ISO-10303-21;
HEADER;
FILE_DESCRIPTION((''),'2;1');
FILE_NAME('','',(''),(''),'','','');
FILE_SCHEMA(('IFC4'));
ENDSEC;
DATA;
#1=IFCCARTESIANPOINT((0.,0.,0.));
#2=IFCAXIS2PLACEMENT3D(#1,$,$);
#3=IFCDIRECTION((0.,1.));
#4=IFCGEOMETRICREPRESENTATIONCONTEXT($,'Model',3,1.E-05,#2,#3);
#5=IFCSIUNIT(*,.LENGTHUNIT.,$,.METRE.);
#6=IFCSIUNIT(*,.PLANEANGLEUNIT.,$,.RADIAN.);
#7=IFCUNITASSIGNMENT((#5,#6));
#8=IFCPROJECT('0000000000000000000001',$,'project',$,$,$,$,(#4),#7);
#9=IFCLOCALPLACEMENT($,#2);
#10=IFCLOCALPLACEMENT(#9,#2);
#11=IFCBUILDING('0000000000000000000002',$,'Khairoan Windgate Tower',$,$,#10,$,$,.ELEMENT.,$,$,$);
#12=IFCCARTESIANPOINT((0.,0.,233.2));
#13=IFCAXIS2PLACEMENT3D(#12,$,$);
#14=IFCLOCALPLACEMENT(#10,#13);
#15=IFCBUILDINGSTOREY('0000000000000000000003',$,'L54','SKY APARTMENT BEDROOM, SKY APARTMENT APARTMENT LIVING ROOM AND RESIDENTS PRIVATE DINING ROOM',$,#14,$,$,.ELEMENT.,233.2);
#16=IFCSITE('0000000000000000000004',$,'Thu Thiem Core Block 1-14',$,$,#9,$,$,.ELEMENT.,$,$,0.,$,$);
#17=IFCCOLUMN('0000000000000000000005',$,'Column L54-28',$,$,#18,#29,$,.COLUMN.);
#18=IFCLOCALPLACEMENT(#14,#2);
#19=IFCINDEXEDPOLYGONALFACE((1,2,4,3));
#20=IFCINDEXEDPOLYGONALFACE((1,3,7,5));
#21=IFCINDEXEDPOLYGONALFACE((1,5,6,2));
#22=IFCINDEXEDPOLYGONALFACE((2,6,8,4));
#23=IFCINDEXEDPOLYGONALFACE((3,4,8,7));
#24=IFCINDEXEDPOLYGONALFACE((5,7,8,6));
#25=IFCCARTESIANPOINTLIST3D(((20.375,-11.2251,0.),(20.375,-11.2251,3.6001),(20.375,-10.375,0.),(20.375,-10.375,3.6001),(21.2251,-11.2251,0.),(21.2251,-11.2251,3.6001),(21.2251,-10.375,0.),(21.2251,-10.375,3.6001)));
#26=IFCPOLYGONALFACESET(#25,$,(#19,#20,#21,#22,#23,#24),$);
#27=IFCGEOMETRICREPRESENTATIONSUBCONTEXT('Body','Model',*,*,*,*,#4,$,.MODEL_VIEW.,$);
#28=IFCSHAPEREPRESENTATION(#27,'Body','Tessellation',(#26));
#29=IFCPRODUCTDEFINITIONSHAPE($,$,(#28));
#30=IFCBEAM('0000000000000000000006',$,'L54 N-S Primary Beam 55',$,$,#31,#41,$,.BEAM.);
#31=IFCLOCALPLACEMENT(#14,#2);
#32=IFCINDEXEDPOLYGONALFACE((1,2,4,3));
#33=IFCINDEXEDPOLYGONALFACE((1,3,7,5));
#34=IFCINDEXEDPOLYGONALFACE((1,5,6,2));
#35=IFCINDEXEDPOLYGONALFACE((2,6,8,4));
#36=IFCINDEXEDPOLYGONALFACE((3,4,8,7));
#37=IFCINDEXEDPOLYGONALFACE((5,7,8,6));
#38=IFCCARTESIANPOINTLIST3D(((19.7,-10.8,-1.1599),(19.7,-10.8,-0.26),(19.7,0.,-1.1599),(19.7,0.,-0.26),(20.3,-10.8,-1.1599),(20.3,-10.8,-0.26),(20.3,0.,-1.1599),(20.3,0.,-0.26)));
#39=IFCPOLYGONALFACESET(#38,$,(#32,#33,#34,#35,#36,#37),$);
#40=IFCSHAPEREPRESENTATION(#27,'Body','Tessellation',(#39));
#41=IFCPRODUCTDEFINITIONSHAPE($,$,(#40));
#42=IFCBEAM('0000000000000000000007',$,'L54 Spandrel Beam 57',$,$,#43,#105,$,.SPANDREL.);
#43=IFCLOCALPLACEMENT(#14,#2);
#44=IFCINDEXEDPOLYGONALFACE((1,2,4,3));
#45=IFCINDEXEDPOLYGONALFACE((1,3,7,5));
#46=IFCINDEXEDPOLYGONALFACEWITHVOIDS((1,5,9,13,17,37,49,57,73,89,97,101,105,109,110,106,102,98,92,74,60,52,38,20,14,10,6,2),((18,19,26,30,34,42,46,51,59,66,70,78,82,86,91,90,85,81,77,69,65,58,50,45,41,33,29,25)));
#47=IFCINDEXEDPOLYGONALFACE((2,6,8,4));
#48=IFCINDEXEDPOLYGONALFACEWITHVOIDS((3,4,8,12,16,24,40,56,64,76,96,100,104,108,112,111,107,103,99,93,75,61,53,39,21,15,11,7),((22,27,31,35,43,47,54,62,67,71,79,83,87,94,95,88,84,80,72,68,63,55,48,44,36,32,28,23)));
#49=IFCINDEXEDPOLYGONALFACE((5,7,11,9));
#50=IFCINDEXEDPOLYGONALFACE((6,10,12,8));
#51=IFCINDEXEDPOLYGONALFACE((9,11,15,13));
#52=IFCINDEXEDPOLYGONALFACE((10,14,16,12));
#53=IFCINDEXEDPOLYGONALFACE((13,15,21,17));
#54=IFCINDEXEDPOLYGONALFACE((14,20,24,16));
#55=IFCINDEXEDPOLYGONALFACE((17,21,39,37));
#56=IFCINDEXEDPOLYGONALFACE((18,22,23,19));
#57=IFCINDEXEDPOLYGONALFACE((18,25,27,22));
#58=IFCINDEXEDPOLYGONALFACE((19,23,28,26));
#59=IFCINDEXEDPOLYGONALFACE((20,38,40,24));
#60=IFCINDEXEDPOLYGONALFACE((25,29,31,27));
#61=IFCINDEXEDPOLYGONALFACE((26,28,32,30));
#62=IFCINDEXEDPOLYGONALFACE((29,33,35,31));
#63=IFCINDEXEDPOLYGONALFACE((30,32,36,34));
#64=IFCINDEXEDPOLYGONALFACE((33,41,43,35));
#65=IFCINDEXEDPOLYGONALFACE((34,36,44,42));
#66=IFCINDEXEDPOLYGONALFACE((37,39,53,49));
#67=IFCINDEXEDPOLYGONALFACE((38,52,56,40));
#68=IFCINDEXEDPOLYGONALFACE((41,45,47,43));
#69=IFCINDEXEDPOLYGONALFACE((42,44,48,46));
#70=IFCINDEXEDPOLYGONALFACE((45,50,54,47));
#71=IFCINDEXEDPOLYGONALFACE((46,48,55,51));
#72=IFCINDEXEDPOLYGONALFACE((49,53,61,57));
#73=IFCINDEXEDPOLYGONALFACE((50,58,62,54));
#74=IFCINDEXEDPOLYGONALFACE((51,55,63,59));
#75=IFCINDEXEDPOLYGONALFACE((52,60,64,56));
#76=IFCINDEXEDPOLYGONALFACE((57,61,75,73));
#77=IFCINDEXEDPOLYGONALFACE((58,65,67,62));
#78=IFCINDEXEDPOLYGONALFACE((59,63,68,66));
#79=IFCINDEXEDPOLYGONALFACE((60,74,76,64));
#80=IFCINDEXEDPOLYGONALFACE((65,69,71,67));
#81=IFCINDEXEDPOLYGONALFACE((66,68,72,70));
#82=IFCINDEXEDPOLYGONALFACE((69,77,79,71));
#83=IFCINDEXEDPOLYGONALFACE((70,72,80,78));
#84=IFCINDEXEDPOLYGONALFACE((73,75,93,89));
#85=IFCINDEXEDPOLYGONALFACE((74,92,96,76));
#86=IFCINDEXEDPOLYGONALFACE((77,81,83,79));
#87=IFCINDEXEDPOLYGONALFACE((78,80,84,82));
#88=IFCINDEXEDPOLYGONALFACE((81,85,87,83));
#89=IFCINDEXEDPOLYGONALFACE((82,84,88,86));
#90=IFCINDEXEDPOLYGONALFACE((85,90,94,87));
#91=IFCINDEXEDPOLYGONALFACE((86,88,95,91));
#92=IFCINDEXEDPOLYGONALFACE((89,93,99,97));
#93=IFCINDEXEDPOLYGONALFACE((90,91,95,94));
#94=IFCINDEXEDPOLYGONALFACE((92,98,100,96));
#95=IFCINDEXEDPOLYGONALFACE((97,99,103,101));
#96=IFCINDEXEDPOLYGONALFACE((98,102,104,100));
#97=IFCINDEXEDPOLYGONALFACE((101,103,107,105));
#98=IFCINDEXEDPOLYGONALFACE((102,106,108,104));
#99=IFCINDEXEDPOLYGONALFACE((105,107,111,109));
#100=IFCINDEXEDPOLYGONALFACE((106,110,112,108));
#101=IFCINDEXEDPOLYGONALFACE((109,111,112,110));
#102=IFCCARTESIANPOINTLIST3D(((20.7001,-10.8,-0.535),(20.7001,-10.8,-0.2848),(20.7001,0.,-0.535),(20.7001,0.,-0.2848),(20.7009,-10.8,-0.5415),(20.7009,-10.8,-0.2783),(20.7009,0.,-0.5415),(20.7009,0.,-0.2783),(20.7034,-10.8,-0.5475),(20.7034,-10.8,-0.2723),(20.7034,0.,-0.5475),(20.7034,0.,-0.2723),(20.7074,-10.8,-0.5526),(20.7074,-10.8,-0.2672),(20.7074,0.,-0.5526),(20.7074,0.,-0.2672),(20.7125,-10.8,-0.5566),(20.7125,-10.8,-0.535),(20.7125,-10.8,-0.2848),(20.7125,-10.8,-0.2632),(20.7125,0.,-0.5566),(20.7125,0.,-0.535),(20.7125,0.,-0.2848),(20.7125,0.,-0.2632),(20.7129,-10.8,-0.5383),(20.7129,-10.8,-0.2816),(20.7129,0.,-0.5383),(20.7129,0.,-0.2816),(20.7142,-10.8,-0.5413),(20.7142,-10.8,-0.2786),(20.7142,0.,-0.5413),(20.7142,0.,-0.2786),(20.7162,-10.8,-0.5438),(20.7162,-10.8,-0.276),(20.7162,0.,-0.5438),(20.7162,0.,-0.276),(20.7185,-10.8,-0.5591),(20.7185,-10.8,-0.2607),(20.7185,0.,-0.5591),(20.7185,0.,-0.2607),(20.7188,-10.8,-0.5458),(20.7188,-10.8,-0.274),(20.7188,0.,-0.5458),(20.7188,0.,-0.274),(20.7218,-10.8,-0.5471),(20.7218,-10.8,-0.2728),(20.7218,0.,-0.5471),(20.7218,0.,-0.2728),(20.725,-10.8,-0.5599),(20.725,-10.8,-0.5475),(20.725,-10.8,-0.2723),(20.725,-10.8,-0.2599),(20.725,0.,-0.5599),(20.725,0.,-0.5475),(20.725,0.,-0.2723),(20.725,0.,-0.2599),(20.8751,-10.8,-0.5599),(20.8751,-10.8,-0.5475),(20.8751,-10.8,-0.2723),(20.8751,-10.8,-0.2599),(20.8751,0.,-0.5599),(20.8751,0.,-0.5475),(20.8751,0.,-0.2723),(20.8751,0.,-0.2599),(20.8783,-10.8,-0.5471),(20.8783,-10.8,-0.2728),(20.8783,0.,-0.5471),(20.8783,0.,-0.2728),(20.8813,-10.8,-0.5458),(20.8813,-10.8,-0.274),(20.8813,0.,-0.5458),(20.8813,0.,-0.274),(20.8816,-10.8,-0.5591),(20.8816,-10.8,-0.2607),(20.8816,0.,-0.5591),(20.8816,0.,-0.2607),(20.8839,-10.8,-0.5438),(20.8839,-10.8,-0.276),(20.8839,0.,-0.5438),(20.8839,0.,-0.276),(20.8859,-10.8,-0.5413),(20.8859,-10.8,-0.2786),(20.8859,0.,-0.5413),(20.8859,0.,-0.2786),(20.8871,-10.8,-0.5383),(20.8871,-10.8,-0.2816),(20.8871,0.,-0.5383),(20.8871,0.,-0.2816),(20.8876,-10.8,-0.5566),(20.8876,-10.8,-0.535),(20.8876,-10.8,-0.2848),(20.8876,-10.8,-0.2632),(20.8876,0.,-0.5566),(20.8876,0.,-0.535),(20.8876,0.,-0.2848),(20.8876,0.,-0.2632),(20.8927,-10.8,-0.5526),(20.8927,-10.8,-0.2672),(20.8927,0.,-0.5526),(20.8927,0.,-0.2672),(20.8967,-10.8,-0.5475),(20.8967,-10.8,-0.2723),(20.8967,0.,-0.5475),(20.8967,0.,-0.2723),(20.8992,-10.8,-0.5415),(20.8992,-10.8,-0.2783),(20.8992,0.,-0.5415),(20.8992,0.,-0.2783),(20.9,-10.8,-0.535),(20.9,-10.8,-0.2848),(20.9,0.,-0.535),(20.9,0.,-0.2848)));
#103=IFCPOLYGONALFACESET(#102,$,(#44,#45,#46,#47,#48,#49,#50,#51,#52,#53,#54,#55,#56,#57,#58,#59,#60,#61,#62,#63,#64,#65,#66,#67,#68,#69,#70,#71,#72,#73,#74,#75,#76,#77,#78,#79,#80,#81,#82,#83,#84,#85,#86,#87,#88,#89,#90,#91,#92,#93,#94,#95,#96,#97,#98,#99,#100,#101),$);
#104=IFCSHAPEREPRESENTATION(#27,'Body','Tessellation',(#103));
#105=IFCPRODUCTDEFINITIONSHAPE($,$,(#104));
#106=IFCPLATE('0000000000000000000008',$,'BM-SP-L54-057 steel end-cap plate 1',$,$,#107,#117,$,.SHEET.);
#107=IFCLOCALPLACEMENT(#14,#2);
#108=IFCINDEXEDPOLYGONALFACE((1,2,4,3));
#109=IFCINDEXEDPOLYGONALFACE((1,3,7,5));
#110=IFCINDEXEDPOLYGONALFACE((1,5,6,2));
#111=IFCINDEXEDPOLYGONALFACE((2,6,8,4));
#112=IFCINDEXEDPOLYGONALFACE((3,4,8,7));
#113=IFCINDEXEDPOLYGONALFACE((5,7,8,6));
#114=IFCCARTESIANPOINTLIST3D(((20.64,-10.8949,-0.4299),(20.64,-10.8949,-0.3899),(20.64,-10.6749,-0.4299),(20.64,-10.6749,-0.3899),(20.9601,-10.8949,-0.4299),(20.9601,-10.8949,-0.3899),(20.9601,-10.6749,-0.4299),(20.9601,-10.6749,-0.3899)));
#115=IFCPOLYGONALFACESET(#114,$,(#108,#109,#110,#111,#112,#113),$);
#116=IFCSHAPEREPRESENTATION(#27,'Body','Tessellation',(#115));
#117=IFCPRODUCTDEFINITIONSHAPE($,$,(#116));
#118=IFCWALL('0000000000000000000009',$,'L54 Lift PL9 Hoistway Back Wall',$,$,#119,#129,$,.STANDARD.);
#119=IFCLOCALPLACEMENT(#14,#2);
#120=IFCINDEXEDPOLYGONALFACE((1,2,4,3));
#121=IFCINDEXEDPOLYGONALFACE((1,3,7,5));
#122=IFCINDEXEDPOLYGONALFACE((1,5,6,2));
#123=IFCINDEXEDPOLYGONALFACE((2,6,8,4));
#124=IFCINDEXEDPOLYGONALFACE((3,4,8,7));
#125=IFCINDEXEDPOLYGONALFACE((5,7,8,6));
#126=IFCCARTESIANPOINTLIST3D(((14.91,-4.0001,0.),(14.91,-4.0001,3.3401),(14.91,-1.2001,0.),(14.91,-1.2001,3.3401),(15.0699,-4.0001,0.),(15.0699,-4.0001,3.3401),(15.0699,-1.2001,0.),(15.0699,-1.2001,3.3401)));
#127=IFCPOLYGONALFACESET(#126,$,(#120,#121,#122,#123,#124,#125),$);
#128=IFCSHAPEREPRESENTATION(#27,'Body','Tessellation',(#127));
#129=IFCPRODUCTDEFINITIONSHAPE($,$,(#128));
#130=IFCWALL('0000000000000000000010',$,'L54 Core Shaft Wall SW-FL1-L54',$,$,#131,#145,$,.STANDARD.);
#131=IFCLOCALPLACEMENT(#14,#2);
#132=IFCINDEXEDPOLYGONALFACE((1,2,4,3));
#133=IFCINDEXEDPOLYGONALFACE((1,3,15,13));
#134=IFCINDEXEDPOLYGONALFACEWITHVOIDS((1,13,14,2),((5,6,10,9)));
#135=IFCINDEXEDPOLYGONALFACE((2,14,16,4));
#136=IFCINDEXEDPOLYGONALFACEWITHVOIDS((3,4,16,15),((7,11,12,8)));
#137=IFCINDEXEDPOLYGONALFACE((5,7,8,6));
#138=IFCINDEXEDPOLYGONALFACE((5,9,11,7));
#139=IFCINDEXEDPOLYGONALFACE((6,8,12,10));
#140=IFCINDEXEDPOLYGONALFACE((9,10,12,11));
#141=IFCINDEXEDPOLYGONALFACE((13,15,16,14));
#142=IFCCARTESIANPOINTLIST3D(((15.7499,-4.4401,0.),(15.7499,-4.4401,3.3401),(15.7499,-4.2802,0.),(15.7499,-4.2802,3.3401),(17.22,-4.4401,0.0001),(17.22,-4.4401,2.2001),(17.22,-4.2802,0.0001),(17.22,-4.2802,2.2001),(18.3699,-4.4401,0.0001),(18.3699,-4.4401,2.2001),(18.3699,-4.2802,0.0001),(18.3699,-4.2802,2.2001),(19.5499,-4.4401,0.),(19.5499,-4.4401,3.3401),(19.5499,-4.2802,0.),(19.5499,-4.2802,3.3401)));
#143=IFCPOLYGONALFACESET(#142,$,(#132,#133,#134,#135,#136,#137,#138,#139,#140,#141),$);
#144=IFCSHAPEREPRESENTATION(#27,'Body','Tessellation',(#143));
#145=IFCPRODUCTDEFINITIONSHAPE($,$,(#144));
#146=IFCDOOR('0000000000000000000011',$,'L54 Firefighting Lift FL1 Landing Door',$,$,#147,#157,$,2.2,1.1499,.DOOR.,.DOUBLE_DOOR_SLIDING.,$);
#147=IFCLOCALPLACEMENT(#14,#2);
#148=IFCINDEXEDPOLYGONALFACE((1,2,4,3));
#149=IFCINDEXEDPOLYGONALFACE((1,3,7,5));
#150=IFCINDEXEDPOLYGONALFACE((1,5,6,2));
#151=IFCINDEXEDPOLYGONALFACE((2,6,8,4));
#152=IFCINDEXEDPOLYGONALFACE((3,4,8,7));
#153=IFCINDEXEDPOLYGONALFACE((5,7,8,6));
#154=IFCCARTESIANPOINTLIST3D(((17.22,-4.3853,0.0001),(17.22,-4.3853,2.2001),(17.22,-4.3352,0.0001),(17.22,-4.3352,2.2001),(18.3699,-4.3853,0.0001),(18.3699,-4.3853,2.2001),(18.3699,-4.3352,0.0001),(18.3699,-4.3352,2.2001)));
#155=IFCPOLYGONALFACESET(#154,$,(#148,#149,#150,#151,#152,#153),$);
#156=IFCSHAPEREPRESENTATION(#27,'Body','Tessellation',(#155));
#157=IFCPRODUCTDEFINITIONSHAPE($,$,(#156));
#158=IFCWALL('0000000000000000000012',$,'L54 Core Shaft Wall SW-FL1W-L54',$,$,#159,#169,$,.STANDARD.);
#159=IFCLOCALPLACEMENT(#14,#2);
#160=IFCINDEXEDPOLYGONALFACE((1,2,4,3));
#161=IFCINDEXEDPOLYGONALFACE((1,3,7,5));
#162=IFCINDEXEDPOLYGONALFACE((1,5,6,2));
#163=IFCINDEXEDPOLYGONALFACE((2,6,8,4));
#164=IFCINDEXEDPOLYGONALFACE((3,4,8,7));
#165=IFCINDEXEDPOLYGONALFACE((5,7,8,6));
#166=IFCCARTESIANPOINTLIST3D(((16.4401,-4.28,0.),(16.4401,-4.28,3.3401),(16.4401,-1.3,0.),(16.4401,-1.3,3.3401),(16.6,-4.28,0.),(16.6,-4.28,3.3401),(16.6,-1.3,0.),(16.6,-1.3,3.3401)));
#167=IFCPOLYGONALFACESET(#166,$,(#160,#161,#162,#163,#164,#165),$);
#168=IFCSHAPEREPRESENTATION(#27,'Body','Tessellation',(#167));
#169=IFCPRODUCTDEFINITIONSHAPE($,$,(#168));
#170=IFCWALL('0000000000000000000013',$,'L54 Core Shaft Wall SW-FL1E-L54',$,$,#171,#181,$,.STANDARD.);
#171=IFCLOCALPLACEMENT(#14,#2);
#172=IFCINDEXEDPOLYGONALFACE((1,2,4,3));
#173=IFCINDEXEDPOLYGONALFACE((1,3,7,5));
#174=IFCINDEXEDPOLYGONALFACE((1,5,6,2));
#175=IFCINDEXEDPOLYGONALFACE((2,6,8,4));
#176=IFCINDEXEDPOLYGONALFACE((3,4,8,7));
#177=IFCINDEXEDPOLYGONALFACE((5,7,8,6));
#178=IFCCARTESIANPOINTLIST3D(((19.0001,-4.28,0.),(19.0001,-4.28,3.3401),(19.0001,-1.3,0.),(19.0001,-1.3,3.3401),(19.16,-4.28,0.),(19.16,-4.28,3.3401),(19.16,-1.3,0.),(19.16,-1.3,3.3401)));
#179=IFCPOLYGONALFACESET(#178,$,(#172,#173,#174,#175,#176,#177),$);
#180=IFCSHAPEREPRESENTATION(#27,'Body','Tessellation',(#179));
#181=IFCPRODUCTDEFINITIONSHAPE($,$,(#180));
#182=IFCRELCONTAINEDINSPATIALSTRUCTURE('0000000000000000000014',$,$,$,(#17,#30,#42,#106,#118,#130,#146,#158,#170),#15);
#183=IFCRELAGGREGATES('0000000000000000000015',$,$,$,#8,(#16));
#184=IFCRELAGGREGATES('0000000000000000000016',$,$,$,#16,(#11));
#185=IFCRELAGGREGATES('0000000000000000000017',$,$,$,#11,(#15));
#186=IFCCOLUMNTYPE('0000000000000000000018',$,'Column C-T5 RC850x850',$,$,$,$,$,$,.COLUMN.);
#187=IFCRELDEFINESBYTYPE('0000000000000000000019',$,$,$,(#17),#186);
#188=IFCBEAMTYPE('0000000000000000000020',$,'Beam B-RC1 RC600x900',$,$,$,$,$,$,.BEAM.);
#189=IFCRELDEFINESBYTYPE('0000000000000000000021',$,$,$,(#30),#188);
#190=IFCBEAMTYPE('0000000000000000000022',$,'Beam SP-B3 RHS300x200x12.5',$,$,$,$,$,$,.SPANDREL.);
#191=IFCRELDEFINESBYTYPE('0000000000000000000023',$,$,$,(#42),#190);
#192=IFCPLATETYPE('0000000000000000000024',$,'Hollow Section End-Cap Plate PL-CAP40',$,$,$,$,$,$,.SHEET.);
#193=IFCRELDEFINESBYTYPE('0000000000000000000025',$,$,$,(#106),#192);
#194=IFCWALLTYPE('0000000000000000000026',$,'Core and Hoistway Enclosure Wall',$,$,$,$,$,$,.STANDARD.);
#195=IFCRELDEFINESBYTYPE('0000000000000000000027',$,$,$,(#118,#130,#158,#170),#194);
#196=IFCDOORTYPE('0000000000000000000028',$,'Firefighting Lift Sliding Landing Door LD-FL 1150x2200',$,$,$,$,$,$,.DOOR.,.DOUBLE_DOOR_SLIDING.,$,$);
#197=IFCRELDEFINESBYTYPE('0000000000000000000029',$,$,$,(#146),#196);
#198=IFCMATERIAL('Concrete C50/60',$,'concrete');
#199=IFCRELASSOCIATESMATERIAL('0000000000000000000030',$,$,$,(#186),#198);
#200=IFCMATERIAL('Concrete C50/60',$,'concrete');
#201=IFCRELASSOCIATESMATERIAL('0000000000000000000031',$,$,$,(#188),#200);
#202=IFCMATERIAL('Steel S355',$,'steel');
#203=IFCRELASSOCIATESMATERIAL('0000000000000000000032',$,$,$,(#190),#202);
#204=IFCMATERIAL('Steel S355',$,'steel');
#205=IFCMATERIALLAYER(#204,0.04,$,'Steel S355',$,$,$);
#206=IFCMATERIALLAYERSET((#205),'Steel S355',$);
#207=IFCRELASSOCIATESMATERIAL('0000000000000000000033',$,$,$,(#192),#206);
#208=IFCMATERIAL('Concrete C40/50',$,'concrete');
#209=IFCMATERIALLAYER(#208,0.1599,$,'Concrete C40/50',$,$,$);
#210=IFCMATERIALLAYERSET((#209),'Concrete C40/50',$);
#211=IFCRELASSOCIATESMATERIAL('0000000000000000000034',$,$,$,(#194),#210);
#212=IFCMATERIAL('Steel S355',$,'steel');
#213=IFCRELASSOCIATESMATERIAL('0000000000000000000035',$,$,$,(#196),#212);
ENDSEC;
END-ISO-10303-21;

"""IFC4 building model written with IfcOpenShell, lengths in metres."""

from ifc_helpers import new_model, si_unit, direction, frame, frame_2d, origin, origin_2d, place, context, subcontext, project, spatial, rectangle, hollow_rectangle, extrude, material, layer, layer_set, material_profile, profile_set, type_object, element, fill, save


model = new_model("IFC4")

# Units and contexts
model_context = context("Model", 3, precision=1e-05, world=origin(), true_north=direction((0.0, 1.0)))
body_context = subcontext(model_context, "Body", "Model", "MODEL_VIEW")
ifc_project = project(units=[si_unit("LENGTHUNIT", "METRE"), si_unit("PLANEANGLEUNIT", "RADIAN")], contexts=[model_context])

# Site, building, storey
site_placement = place(None, origin())
site = spatial("IfcSite", under=ifc_project, at=site_placement, Name="Thu Thiem Core Block 1-14", CompositionType="ELEMENT", RefElevation=0.0)
building_placement = place(site_placement, origin())
building = spatial("IfcBuilding", under=site, at=building_placement, Name="Khairoan Windgate Tower", CompositionType="ELEMENT")
storey_placement = place(building_placement, frame((0.0, 0.0, 233.2)))
storey = spatial("IfcBuildingStorey", under=building, at=storey_placement, Name="L54", Description="SKY APARTMENT BEDROOM, SKY APARTMENT APARTMENT LIVING ROOM AND RESIDENTS PRIVATE DINING ROOM", CompositionType="ELEMENT", Elevation=233.2)

# Column
ifc_material_1 = material(Name="Concrete C50/60", Category="concrete")
ifc_material_profile_1 = material_profile(ifc_material_1, rectangle(XDim=0.8501, YDim=0.8501, at=origin_2d()))
ifc_profile_set_1 = profile_set([ifc_material_profile_1], Name="Concrete C50/60")
column_type = type_object("IfcColumnType", Name="Column C-T5 RC850x850", PredefinedType="COLUMN", material=ifc_profile_set_1)
column_placement = place(storey_placement, frame((20.8, -10.8, 0.0), z_axis=(0.0, 0.0, 1.0), x_axis=(1.0, 0.0, 0.0)))
element("IfcColumn", 1, at=column_placement, inside=storey, type_object=column_type, Name="Column L54-28", PredefinedType="COLUMN", context=body_context, shape_type="SweptSolid", body=[
    extrude(rectangle(XDim=0.8501, YDim=0.8501, at=origin_2d()), origin(), (0.0, 0.0, 1.0), 3.6001),
])

# Beams
ifc_material_2 = material(Name="Concrete C50/60", Category="concrete")
ifc_material_profile_2 = material_profile(ifc_material_2, rectangle(XDim=0.6001, YDim=0.8999, at=origin_2d()))
ifc_profile_set_2 = profile_set([ifc_material_profile_2], Name="Concrete C50/60")
beam_type_1 = type_object("IfcBeamType", Name="Beam B-RC1 RC600x900", PredefinedType="BEAM", material=ifc_profile_set_2)
beam_1_placement = place(storey_placement, frame((20.0, -10.8, -0.71), z_axis=(0.0, 1.0, 0.0), x_axis=(-1.0, 0.0, 0.0)))
element("IfcBeam", 2, at=beam_1_placement, inside=storey, type_object=beam_type_1, Name="L54 N-S Primary Beam 55", PredefinedType="BEAM", context=body_context, shape_type="SweptSolid", body=[
    extrude(rectangle(XDim=0.6001, YDim=0.8999, at=origin_2d()), origin(), (0.0, 0.0, 1.0), 10.8),
])
ifc_material_3 = material(Name="Steel S355", Category="steel")
ifc_material_profile_3 = material_profile(ifc_material_3, hollow_rectangle(XDim=0.2, YDim=0.3, WallThickness=0.0125, InnerFilletRadius=0.0125, OuterFilletRadius=0.0249, at=origin_2d()))
ifc_profile_set_3 = profile_set([ifc_material_profile_3], Name="Steel S355")
beam_type_2 = type_object("IfcBeamType", Name="Beam SP-B3 RHS300x200x12.5", PredefinedType="SPANDREL", material=ifc_profile_set_3)
beam_2_placement = place(storey_placement, frame((20.8, -10.8, -0.4099), z_axis=(0.0, 1.0, 0.0), x_axis=(-1.0, 0.0, 0.0)))
element("IfcBeam", 3, at=beam_2_placement, inside=storey, type_object=beam_type_2, Name="L54 Spandrel Beam 57", PredefinedType="SPANDREL", context=body_context, shape_type="SweptSolid", body=[
    extrude(hollow_rectangle(XDim=0.2, YDim=0.3, WallThickness=0.0125, InnerFilletRadius=0.0125, OuterFilletRadius=0.0249, at=origin_2d()), origin(), (0.0, 0.0, 1.0), 10.8),
])

# Plate
ifc_material_4 = material(Name="Steel S355", Category="steel")
ifc_layer_1 = layer(ifc_material_4, 0.04, Name="Steel S355")
ifc_layer_set_1 = layer_set([ifc_layer_1], Name="Steel S355")
plate_type = type_object("IfcPlateType", Name="Hollow Section End-Cap Plate PL-CAP40", PredefinedType="SHEET", material=ifc_layer_set_1)
plate_placement = place(storey_placement, frame((20.8, -10.7849, -0.4299), z_axis=(0.0, 0.0, 1.0), x_axis=(0.0, 1.0, 0.0)))
element("IfcPlate", 4, at=plate_placement, inside=storey, type_object=plate_type, Name="BM-SP-L54-057 steel end-cap plate 1", PredefinedType="SHEET", context=body_context, shape_type="SweptSolid", body=[
    extrude(rectangle(XDim=0.22, YDim=0.3201, at=origin_2d()), origin(), (0.0, 0.0, 1.0), 0.04),
])

# Wall
ifc_material_5 = material(Name="Concrete C40/50", Category="concrete")
ifc_layer_2 = layer(ifc_material_5, 0.1599, Name="Concrete C40/50")
ifc_layer_set_2 = layer_set([ifc_layer_2], Name="Concrete C40/50")
wall_type_1 = type_object("IfcWallType", Name="Core and Hoistway Enclosure Wall", PredefinedType="STANDARD", material=ifc_layer_set_2)
wall_1_placement = place(storey_placement, frame((14.99, -4.0, 0.0), z_axis=(0.0, 0.0, 1.0), x_axis=(0.0, 1.0, 0.0)))
element("IfcWall", 5, at=wall_1_placement, inside=storey, type_object=wall_type_1, Name="L54 Lift PL9 Hoistway Back Wall", PredefinedType="STANDARD", context=body_context, shape_type="SweptSolid", body=[
    extrude(rectangle(XDim=2.8, YDim=0.1599, at=frame_2d((1.3999, 0.0))), origin(), (0.0, 0.0, 1.0), 3.3401),
])

# Wall, opening, door
wall_2_placement = place(storey_placement, frame((15.75, -4.3601, 0.0), z_axis=(0.0, 0.0, 1.0), x_axis=(1.0, 0.0, 0.0)))
wall_2 = element("IfcWall", 6, at=wall_2_placement, inside=storey, type_object=wall_type_1, Name="L54 Core Shaft Wall SW-FL1-L54", PredefinedType="STANDARD", context=body_context, shape_type="SweptSolid", body=[
    extrude(rectangle(XDim=3.8, YDim=0.1599, at=frame_2d((1.8999, 0.0))), origin(), (0.0, 0.0, 1.0), 3.3401),
])
opening_1_placement = place(wall_2_placement, frame((1.47, 0.0, 0.0)))
opening_1 = element("IfcOpeningElement", 7, at=opening_1_placement, cuts=wall_2, PredefinedType="OPENING", context=body_context, shape_type="SweptSolid", body=[
    extrude(rectangle(XDim=1.1499, YDim=2.2, at=frame_2d((0.575, 1.1001))), frame((0.0, 0.0898, 0.0), z_axis=(0.0, -1.0, 0.0), x_axis=(1.0, 0.0, 0.0)), (0.0, 0.0, 1.0), 0.1799),
])
ifc_material_6 = material(Name="Steel S355", Category="steel")
door_type_1 = type_object("IfcDoorType", Name="Firefighting Lift Sliding Landing Door LD-FL 1150x2200", OperationType="DOUBLE_DOOR_SLIDING", PredefinedType="DOOR", material=ifc_material_6)
door_1_placement = place(opening_1_placement, origin())
door_1 = element("IfcDoor", 8, at=door_1_placement, inside=storey, type_object=door_type_1, Name="L54 Firefighting Lift FL1 Landing Door", OperationType="DOUBLE_DOOR_SLIDING", OverallHeight=2.2, OverallWidth=1.1499, PredefinedType="DOOR", context=body_context, shape_type="SweptSolid", body=[
    extrude(rectangle(XDim=1.1499, YDim=2.2, at=frame_2d((0.575, 1.1001))), frame((0.0, 0.0249, 0.0), z_axis=(0.0, -1.0, 0.0), x_axis=(1.0, 0.0, 0.0)), (0.0, 0.0, 1.0), 0.05),
])
fill(opening_1, door_1)

# Walls
for number, where, z_axis, x_axis, name in (
    (9, (16.52, -4.28, 0.0), (0.0, 0.0, 1.0), (0.0, 1.0, 0.0), "L54 Core Shaft Wall SW-FL1W-L54"),
    (10, (19.0801, -4.28, 0.0), (0.0, 0.0, 1.0), (0.0, 1.0, 0.0), "L54 Core Shaft Wall SW-FL1E-L54"),
):
    element("IfcWall", number, at=place(storey_placement, frame(where, z_axis=z_axis, x_axis=x_axis)), inside=storey, type_object=wall_type_1, Name=name, PredefinedType="STANDARD", context=body_context, shape_type="SweptSolid", body=[
        extrude(rectangle(XDim=2.98, YDim=0.1599, at=frame_2d((1.49, 0.0))), origin(), (0.0, 0.0, 1.0), 3.3401),
    ])

save(model, "model.ifc")
